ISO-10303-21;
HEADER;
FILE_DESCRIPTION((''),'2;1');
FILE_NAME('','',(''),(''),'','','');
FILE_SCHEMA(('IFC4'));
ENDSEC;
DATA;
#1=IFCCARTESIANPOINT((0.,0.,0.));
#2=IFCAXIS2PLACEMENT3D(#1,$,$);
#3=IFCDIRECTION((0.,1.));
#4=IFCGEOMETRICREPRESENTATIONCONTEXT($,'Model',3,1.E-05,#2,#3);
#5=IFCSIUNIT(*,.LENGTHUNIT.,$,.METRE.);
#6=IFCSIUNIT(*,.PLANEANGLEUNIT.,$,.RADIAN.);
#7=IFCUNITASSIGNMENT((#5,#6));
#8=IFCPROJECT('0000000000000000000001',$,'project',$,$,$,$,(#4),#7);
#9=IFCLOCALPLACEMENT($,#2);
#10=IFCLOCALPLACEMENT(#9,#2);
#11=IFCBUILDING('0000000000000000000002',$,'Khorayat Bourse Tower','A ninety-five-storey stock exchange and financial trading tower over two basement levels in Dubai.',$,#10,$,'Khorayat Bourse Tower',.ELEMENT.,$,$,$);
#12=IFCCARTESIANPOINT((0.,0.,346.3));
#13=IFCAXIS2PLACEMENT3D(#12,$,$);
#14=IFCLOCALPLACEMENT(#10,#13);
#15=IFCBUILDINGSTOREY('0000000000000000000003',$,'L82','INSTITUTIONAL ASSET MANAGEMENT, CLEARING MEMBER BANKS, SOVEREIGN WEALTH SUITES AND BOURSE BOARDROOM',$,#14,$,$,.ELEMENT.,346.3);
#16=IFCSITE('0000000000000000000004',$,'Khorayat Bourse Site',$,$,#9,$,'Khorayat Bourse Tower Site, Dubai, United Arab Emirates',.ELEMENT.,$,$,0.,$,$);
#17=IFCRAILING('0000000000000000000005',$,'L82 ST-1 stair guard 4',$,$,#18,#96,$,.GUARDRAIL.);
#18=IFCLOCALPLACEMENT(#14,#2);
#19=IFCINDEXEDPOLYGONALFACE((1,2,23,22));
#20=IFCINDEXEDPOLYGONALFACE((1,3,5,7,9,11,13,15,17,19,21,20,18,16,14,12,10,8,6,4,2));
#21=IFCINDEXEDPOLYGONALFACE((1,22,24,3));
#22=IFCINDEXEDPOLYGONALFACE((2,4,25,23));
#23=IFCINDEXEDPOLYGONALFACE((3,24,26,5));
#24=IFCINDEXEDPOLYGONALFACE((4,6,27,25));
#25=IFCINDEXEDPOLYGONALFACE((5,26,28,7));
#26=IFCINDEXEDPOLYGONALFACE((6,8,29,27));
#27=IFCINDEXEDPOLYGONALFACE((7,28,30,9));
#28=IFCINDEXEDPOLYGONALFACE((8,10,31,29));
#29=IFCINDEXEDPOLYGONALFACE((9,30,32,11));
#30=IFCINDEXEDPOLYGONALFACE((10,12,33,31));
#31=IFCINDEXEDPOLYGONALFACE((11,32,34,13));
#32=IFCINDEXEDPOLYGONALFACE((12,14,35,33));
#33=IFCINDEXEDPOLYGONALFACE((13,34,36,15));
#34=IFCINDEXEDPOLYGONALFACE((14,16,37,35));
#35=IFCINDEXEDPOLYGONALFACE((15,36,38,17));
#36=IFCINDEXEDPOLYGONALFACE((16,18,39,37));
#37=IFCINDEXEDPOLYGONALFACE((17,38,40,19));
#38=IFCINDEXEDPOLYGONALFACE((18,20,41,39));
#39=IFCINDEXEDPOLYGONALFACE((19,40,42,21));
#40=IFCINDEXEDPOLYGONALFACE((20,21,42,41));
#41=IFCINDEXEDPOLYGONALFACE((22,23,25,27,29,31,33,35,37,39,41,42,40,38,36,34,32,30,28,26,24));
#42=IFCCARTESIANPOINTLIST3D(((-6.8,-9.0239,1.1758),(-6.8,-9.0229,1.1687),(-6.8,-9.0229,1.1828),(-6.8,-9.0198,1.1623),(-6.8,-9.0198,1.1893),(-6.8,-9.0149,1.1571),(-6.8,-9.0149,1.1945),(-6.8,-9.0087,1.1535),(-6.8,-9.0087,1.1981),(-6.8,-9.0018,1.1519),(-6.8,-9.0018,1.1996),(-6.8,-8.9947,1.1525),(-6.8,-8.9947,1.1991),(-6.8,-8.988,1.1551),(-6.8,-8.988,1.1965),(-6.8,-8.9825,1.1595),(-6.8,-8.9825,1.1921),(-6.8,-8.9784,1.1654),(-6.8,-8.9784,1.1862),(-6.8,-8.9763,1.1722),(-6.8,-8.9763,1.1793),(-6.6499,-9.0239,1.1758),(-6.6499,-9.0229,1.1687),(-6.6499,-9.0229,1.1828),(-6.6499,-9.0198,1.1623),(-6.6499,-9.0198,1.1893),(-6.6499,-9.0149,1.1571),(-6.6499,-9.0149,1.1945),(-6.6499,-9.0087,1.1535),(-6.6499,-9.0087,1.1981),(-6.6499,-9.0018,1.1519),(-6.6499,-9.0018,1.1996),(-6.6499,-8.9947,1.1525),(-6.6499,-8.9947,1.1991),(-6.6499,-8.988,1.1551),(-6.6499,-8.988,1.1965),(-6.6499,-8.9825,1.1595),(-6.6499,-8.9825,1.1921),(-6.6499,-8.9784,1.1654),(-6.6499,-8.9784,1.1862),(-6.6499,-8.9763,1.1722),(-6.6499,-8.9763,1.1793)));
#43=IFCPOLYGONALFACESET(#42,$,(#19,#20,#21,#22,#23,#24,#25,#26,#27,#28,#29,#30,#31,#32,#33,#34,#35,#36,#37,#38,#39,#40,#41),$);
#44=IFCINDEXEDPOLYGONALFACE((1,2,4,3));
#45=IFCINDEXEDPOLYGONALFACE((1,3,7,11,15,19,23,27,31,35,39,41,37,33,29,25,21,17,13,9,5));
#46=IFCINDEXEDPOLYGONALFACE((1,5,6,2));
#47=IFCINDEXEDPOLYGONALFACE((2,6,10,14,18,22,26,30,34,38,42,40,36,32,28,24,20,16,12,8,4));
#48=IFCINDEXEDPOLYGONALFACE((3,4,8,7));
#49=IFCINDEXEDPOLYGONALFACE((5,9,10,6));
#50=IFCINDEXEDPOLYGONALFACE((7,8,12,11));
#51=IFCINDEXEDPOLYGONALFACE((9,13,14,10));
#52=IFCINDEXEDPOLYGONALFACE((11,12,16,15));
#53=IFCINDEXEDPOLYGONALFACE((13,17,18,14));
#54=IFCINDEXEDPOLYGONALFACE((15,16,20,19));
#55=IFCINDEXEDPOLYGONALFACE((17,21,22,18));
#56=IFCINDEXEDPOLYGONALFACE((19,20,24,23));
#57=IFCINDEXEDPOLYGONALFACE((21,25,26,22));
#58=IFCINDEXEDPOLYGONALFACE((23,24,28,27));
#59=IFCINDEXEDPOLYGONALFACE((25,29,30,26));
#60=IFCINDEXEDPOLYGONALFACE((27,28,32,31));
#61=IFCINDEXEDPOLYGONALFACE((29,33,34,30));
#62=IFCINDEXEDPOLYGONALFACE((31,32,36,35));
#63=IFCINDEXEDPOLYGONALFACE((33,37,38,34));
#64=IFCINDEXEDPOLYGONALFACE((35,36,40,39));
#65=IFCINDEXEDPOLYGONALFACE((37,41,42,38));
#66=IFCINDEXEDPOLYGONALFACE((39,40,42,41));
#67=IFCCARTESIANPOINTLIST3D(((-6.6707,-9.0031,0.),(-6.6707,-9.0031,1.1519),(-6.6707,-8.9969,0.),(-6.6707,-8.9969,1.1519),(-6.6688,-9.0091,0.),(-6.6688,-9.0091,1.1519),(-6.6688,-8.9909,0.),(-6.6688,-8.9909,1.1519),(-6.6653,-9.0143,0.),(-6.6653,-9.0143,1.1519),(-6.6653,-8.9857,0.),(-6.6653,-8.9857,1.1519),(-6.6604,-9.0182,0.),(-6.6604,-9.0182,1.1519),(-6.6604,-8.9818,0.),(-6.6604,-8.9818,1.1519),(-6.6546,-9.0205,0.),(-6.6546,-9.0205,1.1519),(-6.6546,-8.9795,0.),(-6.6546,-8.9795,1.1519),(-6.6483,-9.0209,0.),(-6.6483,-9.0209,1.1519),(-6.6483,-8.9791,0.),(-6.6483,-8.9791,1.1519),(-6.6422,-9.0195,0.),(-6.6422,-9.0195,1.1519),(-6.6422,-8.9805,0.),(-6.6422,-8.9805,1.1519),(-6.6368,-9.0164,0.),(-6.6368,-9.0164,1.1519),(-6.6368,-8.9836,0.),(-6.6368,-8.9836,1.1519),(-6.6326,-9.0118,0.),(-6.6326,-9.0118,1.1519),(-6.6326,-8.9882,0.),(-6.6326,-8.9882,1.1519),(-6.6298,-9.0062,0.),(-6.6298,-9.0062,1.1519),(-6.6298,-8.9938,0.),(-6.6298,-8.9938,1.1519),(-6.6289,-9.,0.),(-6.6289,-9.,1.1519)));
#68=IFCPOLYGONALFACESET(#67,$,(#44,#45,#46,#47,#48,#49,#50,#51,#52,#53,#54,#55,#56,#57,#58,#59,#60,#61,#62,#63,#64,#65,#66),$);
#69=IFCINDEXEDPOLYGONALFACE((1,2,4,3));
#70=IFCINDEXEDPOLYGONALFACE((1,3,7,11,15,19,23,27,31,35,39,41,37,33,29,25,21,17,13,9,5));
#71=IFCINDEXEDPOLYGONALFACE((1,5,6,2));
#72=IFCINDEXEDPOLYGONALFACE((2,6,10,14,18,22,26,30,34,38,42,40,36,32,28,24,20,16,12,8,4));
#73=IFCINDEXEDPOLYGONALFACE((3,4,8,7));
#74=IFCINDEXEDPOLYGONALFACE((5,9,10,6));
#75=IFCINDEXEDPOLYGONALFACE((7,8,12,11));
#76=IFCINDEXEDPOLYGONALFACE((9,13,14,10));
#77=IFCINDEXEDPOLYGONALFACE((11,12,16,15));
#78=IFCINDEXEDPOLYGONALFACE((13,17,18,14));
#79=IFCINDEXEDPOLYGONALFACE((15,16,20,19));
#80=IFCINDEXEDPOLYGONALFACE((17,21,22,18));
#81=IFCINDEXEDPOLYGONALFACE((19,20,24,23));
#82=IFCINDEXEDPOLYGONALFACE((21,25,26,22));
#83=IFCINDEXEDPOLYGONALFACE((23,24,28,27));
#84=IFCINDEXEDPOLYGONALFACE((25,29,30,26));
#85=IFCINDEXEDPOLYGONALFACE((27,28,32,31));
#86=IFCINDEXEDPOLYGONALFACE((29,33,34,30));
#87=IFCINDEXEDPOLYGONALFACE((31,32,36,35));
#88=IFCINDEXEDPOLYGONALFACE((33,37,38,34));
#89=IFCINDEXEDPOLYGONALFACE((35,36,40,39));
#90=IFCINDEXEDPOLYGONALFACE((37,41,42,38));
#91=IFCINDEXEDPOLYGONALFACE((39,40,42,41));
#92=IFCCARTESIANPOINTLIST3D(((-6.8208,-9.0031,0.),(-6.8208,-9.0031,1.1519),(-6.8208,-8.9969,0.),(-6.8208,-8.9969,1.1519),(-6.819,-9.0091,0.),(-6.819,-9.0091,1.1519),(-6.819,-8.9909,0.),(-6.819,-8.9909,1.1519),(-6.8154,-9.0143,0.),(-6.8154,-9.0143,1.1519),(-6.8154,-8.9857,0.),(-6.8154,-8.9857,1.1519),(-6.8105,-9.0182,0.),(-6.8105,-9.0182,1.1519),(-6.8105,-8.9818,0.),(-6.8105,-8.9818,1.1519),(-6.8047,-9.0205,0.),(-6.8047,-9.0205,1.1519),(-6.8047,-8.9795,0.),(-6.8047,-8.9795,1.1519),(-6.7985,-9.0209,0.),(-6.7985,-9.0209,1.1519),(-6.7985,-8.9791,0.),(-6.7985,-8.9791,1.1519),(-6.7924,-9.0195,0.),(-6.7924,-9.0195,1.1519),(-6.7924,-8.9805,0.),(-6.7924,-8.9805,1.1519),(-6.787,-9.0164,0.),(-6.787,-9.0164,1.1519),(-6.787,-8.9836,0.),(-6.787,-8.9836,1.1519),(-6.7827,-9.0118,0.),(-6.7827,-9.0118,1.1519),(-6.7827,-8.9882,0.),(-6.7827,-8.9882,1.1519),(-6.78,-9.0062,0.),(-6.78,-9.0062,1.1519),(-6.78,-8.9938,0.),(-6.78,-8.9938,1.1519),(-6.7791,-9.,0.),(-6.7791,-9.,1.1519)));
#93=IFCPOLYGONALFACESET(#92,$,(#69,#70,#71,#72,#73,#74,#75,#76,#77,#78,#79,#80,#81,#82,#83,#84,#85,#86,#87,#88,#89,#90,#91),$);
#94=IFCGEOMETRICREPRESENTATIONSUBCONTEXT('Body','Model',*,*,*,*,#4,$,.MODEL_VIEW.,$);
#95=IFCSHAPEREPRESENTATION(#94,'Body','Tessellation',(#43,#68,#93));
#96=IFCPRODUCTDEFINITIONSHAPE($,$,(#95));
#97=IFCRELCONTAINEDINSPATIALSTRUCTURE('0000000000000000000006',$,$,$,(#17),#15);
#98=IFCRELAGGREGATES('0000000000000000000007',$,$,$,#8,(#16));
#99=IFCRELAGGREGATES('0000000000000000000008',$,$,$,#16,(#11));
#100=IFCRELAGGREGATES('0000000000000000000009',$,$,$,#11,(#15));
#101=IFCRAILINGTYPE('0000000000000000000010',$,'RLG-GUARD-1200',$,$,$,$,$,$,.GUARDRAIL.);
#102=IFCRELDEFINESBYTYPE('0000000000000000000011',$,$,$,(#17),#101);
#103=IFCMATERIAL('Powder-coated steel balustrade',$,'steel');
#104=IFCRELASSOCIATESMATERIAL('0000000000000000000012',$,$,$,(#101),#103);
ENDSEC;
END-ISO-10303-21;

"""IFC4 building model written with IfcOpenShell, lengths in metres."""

from ifc_helpers import new_model, si_unit, direction, frame, origin, origin_2d, place, context, subcontext, project, spatial, circle, extrude, source, transform, mapped, material, type_object, element, save


model = new_model("IFC4")

# Units and contexts
model_context = context("Model", 3, precision=1e-05, world=origin(), true_north=direction((0.0, 1.0)))
body_context = subcontext(model_context, "Body", "Model", "MODEL_VIEW")
ifc_project = project(units=[si_unit("LENGTHUNIT", "METRE"), si_unit("PLANEANGLEUNIT", "RADIAN")], contexts=[model_context])

# Site, building, storey
site_placement = place(None, origin())
site = spatial("IfcSite", under=ifc_project, at=site_placement, Name="Khorayat Bourse Site", LongName="Khorayat Bourse Tower Site, Dubai, United Arab Emirates", CompositionType="ELEMENT", RefElevation=0.0)
building_placement = place(site_placement, origin())
building = spatial("IfcBuilding", under=site, at=building_placement, Name="Khorayat Bourse Tower", Description="A ninety-five-storey stock exchange and financial trading tower over two basement levels in Dubai.", LongName="Khorayat Bourse Tower", CompositionType="ELEMENT")
storey_placement = place(building_placement, frame((0.0, 0.0, 346.3)))
storey = spatial("IfcBuildingStorey", under=building, at=storey_placement, Name="L82", Description="INSTITUTIONAL ASSET MANAGEMENT, CLEARING MEMBER BANKS, SOVEREIGN WEALTH SUITES AND BOURSE BOARDROOM", CompositionType="ELEMENT", Elevation=346.3)

# Railing
ifc_material_1 = material(Name="Powder-coated steel balustrade", Category="steel")
railing_type_1 = type_object("IfcRailingType", Name="RLG-GUARD-1200", PredefinedType="GUARDRAIL", material=ifc_material_1)
shared_shape_1 = source(origin(), body_context, "Body", "SweptSolid", [
    extrude(circle(Radius=0.0239, at=origin_2d()), frame((0.0, 0.0, 1.1758), z_axis=(-1.0, 0.0, 0.0), x_axis=(0.0, -1.0, 0.0)), (0.0, 0.0, 1.0), 0.1501),
    extrude(circle(Radius=0.021, at=origin_2d()), origin(), (0.0, 0.0, 1.0), 1.1519),
    extrude(circle(Radius=0.021, at=origin_2d()), frame((-0.1501, 0.0, 0.0)), (0.0, 0.0, 1.0), 1.1519),
])
for number, where, name in (
    (1, (-6.6499, -9.0, 0.0), "L82 ST-1 stair guard 4"),
):
    element("IfcRailing", number, at=place(storey_placement, frame(where)), inside=storey, type_object=railing_type_1, Name=name, PredefinedType="GUARDRAIL", context=body_context, shape_type="MappedRepresentation", body=[
        mapped(shared_shape_1, transform((0.0, 0.0, 0.0), scale=1.0)),
    ])

save(model, "model.ifc")
